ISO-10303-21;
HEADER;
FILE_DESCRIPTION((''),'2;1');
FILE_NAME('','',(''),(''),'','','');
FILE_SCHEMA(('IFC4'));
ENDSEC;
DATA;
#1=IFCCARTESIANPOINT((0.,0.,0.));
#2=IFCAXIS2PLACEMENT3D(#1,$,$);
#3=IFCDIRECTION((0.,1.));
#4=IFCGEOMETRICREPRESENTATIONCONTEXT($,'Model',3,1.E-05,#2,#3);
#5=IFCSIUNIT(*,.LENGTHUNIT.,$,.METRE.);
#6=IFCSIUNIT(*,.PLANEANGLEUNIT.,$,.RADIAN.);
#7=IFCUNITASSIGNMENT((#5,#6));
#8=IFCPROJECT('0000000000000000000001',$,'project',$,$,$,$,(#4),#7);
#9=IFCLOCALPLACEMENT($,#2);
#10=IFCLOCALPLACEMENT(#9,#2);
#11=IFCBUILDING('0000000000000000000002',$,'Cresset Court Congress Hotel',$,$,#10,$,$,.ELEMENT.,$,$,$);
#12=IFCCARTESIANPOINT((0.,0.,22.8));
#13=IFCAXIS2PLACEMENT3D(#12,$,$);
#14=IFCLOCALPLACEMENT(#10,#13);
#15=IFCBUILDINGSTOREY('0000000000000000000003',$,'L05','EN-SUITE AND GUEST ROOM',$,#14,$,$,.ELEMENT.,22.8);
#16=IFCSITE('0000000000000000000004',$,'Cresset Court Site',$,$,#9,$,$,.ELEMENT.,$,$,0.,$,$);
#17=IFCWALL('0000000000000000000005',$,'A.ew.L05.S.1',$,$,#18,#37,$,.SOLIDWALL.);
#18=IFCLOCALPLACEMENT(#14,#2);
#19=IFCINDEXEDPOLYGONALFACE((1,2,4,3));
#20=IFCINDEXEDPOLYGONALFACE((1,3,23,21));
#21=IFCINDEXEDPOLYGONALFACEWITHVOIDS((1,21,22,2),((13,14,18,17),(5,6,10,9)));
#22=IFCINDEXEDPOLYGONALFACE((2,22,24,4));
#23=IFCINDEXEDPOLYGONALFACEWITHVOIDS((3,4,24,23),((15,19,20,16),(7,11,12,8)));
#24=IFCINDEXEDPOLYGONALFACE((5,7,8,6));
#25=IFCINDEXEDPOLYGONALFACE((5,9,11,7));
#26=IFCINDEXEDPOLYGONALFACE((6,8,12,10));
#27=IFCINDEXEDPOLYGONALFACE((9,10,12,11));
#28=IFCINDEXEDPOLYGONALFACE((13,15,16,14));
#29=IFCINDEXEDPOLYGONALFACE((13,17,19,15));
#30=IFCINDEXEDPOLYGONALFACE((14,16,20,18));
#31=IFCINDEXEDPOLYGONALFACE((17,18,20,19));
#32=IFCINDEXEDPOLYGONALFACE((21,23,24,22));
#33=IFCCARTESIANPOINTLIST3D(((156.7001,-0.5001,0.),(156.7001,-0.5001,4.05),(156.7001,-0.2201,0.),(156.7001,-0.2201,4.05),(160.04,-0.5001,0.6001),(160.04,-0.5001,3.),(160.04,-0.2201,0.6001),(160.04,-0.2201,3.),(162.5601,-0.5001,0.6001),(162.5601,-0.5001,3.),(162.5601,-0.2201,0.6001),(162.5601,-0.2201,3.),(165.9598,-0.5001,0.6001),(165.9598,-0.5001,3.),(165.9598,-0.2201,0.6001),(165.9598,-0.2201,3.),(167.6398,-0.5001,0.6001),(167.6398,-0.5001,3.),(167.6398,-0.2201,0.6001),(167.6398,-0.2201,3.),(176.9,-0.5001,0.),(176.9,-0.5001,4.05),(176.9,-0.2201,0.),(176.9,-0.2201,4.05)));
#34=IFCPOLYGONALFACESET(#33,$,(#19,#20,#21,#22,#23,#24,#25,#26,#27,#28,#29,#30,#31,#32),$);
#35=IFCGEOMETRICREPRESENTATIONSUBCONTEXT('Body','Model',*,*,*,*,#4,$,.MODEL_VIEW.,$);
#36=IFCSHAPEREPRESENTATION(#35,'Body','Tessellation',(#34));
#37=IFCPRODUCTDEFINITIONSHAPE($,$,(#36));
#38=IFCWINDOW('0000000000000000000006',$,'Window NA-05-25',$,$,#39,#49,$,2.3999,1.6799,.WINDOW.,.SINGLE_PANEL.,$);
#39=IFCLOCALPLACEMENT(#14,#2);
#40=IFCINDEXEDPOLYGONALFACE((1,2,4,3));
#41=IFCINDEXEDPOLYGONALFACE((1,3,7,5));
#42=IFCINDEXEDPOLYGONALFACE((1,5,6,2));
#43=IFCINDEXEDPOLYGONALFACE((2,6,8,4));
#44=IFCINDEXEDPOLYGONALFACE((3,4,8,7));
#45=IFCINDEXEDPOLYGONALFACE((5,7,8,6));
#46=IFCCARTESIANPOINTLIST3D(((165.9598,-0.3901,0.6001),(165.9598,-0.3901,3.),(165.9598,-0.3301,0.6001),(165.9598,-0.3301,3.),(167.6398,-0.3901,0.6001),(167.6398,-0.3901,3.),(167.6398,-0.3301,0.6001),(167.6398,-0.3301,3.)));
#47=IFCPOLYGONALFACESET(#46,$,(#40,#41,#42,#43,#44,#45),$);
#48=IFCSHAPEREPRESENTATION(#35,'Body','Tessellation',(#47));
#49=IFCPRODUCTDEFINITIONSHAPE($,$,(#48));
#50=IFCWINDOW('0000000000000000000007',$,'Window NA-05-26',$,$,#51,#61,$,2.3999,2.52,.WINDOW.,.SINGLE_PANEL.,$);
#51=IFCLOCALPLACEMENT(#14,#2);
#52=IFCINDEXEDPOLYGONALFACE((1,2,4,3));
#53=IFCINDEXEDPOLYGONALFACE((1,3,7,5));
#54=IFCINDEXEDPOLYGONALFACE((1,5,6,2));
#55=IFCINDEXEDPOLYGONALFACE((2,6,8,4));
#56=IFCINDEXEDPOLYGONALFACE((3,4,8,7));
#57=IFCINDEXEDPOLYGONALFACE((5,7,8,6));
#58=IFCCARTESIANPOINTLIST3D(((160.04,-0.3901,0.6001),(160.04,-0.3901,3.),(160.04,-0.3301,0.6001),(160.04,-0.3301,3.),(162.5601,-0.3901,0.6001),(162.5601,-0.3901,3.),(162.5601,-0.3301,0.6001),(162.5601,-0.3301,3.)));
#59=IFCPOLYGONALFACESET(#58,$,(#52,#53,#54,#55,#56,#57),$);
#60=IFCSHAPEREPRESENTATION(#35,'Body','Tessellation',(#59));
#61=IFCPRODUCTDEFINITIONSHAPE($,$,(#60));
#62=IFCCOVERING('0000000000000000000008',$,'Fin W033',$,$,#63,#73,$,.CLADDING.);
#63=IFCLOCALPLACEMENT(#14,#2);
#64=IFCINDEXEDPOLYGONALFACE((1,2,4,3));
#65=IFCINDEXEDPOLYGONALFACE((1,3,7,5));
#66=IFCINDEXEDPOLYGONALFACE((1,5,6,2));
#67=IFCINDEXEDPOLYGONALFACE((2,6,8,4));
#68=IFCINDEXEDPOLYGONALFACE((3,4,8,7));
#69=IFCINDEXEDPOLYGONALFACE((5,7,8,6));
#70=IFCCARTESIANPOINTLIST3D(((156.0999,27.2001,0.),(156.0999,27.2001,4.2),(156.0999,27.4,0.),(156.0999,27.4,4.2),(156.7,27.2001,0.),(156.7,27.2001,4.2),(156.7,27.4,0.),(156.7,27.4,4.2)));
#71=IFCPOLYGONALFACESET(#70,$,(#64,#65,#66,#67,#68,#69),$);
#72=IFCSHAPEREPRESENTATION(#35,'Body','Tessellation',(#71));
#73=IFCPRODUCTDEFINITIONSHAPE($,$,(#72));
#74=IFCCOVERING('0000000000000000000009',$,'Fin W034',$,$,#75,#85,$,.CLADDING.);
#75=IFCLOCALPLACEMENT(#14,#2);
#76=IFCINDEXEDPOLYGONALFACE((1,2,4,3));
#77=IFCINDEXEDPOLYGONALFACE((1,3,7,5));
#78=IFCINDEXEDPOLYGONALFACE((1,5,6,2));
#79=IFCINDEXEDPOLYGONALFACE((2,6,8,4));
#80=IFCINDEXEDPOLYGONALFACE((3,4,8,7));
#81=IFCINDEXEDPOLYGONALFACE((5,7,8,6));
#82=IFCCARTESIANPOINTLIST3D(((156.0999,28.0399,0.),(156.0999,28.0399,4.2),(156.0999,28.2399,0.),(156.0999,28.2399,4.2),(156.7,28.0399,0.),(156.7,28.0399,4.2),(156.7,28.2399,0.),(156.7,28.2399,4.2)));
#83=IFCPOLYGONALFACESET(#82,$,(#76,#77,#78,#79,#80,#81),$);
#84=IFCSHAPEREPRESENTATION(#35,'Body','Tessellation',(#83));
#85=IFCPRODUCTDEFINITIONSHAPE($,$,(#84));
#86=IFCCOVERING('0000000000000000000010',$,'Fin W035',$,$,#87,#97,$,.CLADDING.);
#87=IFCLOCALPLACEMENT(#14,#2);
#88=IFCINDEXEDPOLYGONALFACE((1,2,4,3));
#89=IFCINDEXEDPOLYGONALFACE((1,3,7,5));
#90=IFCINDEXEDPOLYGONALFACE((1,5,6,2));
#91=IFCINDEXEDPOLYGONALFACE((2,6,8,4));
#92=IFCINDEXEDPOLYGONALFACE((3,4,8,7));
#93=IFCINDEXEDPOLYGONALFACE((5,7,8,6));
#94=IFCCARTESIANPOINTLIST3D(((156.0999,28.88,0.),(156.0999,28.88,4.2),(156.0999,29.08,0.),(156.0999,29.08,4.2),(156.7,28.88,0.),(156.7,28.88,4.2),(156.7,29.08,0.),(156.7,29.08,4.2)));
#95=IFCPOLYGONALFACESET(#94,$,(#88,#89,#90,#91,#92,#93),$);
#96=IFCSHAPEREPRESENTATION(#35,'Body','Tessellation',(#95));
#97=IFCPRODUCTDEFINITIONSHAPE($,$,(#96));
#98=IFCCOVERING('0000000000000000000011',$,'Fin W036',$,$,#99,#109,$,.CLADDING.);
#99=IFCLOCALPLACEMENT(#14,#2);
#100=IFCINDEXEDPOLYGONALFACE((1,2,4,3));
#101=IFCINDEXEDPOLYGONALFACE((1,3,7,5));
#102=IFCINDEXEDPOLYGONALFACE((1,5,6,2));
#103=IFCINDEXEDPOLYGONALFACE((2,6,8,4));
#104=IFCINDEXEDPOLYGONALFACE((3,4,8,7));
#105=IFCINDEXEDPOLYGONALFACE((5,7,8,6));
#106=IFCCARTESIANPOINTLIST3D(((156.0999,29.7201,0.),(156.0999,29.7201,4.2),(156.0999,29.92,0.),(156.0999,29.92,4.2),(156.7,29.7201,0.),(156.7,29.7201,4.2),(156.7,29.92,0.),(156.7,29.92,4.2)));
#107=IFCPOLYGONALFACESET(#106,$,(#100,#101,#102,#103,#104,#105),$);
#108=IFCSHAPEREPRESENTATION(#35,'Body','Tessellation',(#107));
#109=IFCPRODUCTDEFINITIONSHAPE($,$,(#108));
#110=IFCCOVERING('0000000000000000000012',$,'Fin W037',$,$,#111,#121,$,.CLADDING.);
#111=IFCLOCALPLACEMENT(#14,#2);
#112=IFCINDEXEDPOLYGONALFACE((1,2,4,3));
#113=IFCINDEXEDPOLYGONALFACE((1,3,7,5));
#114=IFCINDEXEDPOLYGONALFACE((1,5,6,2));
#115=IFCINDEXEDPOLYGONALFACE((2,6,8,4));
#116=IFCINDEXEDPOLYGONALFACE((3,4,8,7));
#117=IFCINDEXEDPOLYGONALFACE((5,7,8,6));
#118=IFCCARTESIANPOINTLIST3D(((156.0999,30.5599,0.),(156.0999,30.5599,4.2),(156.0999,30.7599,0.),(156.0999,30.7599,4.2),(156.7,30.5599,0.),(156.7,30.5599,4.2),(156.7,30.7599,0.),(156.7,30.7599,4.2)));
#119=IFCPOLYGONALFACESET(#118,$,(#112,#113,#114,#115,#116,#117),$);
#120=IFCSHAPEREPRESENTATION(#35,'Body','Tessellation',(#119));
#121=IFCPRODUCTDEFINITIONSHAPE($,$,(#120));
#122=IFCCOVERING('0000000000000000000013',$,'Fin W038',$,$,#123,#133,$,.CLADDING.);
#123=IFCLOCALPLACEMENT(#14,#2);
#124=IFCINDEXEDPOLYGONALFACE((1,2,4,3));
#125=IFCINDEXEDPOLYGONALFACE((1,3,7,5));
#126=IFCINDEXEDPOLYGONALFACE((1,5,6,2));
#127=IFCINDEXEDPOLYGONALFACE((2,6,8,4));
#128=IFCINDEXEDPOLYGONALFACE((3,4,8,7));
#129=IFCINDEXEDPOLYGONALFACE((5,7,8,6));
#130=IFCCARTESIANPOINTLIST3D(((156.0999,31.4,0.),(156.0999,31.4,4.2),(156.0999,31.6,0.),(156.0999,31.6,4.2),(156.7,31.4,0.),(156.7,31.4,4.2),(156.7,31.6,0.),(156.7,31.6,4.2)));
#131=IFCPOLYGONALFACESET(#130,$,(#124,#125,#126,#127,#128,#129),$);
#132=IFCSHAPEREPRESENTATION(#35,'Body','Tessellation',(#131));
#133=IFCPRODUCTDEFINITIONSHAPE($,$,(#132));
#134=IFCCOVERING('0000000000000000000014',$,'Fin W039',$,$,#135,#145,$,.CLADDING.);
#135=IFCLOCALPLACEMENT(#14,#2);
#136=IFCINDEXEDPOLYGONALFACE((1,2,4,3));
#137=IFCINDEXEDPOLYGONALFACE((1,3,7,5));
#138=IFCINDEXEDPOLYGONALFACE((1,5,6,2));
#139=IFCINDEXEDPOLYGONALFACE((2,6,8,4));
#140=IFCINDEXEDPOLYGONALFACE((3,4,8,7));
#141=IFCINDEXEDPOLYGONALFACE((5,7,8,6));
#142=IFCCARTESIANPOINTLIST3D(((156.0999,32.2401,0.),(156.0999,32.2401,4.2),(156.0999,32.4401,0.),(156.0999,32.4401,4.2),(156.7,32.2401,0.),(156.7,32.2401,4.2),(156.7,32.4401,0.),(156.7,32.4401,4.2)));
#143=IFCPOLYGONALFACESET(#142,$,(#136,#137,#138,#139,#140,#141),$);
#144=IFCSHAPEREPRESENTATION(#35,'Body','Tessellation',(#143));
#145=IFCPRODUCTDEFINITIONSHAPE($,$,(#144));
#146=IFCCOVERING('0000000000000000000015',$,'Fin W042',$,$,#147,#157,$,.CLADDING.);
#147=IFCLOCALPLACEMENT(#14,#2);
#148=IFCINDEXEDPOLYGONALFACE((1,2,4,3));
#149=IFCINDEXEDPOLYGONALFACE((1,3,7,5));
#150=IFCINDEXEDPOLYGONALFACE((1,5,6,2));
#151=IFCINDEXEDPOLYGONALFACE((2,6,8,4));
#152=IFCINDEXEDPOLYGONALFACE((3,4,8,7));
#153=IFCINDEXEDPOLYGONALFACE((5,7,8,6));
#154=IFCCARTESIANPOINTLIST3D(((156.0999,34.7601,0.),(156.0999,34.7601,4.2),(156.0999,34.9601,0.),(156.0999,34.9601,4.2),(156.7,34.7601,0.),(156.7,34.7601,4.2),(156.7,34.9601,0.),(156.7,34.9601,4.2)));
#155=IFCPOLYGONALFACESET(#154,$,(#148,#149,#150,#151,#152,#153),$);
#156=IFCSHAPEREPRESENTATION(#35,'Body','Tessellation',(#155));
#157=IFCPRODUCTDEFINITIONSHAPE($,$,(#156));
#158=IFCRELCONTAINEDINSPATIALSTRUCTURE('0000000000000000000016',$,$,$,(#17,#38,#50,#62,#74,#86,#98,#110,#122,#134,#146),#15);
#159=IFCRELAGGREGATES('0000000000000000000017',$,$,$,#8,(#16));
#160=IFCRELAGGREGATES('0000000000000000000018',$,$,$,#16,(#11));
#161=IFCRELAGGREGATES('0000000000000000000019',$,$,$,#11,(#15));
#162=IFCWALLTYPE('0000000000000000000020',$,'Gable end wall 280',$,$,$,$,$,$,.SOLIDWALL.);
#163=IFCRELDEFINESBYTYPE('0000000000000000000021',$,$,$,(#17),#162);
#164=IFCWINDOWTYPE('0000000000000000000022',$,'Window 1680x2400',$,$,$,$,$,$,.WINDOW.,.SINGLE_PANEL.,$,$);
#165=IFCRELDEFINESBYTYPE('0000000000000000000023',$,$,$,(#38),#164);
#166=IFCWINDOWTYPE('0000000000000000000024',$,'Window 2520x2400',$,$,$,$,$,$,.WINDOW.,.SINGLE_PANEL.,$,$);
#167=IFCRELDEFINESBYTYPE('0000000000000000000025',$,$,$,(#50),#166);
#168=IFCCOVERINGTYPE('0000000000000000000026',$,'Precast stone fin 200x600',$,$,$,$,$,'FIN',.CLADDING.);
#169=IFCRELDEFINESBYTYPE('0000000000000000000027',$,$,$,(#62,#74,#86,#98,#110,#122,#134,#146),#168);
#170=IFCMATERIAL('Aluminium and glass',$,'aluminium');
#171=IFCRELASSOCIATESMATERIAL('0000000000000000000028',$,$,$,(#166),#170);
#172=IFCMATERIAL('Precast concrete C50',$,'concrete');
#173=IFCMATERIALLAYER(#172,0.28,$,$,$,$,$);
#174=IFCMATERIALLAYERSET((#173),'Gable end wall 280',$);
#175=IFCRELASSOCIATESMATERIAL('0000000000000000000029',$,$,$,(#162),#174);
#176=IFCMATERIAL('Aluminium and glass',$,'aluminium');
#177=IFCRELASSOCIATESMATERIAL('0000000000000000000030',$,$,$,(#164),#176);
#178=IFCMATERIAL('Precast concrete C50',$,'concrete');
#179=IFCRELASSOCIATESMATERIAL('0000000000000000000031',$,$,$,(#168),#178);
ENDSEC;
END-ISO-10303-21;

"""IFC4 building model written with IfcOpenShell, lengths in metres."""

from ifc_helpers import new_model, si_unit, direction, frame, frame_2d, origin, origin_2d, place, context, subcontext, project, spatial, rectangle, extrude, material, layer, layer_set, type_object, element, fill, save


model = new_model("IFC4")

# Units and contexts
model_context = context("Model", 3, precision=1e-05, world=origin(), true_north=direction((0.0, 1.0)))
body_context = subcontext(model_context, "Body", "Model", "MODEL_VIEW")
ifc_project = project(units=[si_unit("LENGTHUNIT", "METRE"), si_unit("PLANEANGLEUNIT", "RADIAN")], contexts=[model_context])

# Site, building, storey
site_placement = place(None, origin())
site = spatial("IfcSite", under=ifc_project, at=site_placement, Name="Cresset Court Site", CompositionType="ELEMENT", RefElevation=0.0)
building_placement = place(site_placement, origin())
building = spatial("IfcBuilding", under=site, at=building_placement, Name="Cresset Court Congress Hotel", CompositionType="ELEMENT")
storey_placement = place(building_placement, frame((0.0, 0.0, 22.8)))
storey = spatial("IfcBuildingStorey", under=building, at=storey_placement, Name="L05", Description="EN-SUITE AND GUEST ROOM", CompositionType="ELEMENT", Elevation=22.8)

# Shared definitions
ifc_material_1 = material(Name="Aluminium and glass", Category="aluminium")
window_type_1 = type_object("IfcWindowType", Name="Window 2520x2400", PartitioningType="SINGLE_PANEL", PredefinedType="WINDOW", material=ifc_material_1)

# Wall, openings, windows
ifc_material_2 = material(Name="Precast concrete C50", Category="concrete")
ifc_layer_1 = layer(ifc_material_2, 0.28)
ifc_layer_set_1 = layer_set([ifc_layer_1], Name="Gable end wall 280")
wall_type_1 = type_object("IfcWallType", Name="Gable end wall 280", PredefinedType="SOLIDWALL", material=ifc_layer_set_1)
wall_1_placement = place(storey_placement, frame((156.7, -0.3601, 0.0), z_axis=(0.0, 0.0, 1.0), x_axis=(1.0, 0.0, 0.0)))
wall_1 = element("IfcWall", 1, at=wall_1_placement, inside=storey, type_object=wall_type_1, Name="A.ew.L05.S.1", PredefinedType="SOLIDWALL", context=body_context, shape_type="SweptSolid", body=[
    extrude(rectangle(XDim=20.2, YDim=0.28, at=frame_2d((10.1001, 0.0))), origin(), (0.0, 0.0, 1.0), 4.05),
])
opening_1_placement = place(wall_1_placement, frame((9.26, 0.0, 0.6001)))
opening_1 = element("IfcOpeningElement", 2, at=opening_1_placement, cuts=wall_1, PredefinedType="OPENING", context=body_context, shape_type="SweptSolid", body=[
    extrude(rectangle(XDim=1.6799, YDim=2.3999, at=frame_2d((0.8398, 1.2))), frame((0.0, 0.1499, 0.0), z_axis=(0.0, -1.0, 0.0), x_axis=(1.0, 0.0, 0.0)), (0.0, 0.0, 1.0), 0.3),
])
opening_2_placement = place(wall_1_placement, frame((3.3401, 0.0, 0.6001)))
opening_2 = element("IfcOpeningElement", 3, at=opening_2_placement, cuts=wall_1, PredefinedType="OPENING", context=body_context, shape_type="SweptSolid", body=[
    extrude(rectangle(XDim=2.52, YDim=2.3999, at=frame_2d((1.26, 1.2))), frame((0.0, 0.1499, 0.0), z_axis=(0.0, -1.0, 0.0), x_axis=(1.0, 0.0, 0.0)), (0.0, 0.0, 1.0), 0.3),
])
ifc_material_3 = material(Name="Aluminium and glass", Category="aluminium")
window_type_2 = type_object("IfcWindowType", Name="Window 1680x2400", PartitioningType="SINGLE_PANEL", PredefinedType="WINDOW", material=ifc_material_3)
window_1_placement = place(opening_1_placement, origin())
window_1 = element("IfcWindow", 4, at=window_1_placement, inside=storey, type_object=window_type_2, Name="Window NA-05-25", OverallHeight=2.3999, OverallWidth=1.6799, PartitioningType="SINGLE_PANEL", PredefinedType="WINDOW", context=body_context, shape_type="SweptSolid", body=[
    extrude(rectangle(XDim=1.6799, YDim=2.3999, at=frame_2d((0.8398, 1.2))), frame((0.0, 0.03, 0.0), z_axis=(0.0, -1.0, 0.0), x_axis=(1.0, 0.0, 0.0)), (0.0, 0.0, 1.0), 0.0601),
])
fill(opening_1, window_1)
window_2_placement = place(opening_2_placement, origin())
window_2 = element("IfcWindow", 5, at=window_2_placement, inside=storey, type_object=window_type_1, Name="Window NA-05-26", OverallHeight=2.3999, OverallWidth=2.52, PartitioningType="SINGLE_PANEL", PredefinedType="WINDOW", context=body_context, shape_type="SweptSolid", body=[
    extrude(rectangle(XDim=2.52, YDim=2.3999, at=frame_2d((1.26, 1.2))), frame((0.0, 0.03, 0.0), z_axis=(0.0, -1.0, 0.0), x_axis=(1.0, 0.0, 0.0)), (0.0, 0.0, 1.0), 0.0601),
])
fill(opening_2, window_2)

# Coverings
ifc_material_4 = material(Name="Precast concrete C50", Category="concrete")
covering_type = type_object("IfcCoveringType", Name="Precast stone fin 200x600", ElementType="FIN", PredefinedType="CLADDING", material=ifc_material_4)
for number, where, z_axis, x_axis, name in (
    (6, (156.3999, 27.3, 0.0), (0.0, 0.0, 1.0), (1.0, 0.0, 0.0), "Fin W033"),
    (7, (156.3999, 28.1399, 0.0), (0.0, 0.0, 1.0), (1.0, 0.0, 0.0), "Fin W034"),
    (8, (156.3999, 28.98, 0.0), (0.0, 0.0, 1.0), (1.0, 0.0, 0.0), "Fin W035"),
    (9, (156.3999, 29.8201, 0.0), (0.0, 0.0, 1.0), (1.0, 0.0, 0.0), "Fin W036"),
    (10, (156.3999, 30.6599, 0.0), (0.0, 0.0, 1.0), (1.0, 0.0, 0.0), "Fin W037"),
    (11, (156.3999, 31.5, 0.0), (0.0, 0.0, 1.0), (1.0, 0.0, 0.0), "Fin W038"),
    (12, (156.3999, 32.3401, 0.0), (0.0, 0.0, 1.0), (1.0, 0.0, 0.0), "Fin W039"),
    (13, (156.3999, 34.8601, 0.0), (0.0, 0.0, 1.0), (1.0, 0.0, 0.0), "Fin W042"),
):
    element("IfcCovering", number, at=place(storey_placement, frame(where, z_axis=z_axis, x_axis=x_axis)), inside=storey, type_object=covering_type, Name=name, PredefinedType="CLADDING", context=body_context, shape_type="SweptSolid", body=[
        extrude(rectangle(XDim=0.6001, YDim=0.2, at=origin_2d()), origin(), (0.0, 0.0, 1.0), 4.2),
    ])

save(model, "model.ifc")
